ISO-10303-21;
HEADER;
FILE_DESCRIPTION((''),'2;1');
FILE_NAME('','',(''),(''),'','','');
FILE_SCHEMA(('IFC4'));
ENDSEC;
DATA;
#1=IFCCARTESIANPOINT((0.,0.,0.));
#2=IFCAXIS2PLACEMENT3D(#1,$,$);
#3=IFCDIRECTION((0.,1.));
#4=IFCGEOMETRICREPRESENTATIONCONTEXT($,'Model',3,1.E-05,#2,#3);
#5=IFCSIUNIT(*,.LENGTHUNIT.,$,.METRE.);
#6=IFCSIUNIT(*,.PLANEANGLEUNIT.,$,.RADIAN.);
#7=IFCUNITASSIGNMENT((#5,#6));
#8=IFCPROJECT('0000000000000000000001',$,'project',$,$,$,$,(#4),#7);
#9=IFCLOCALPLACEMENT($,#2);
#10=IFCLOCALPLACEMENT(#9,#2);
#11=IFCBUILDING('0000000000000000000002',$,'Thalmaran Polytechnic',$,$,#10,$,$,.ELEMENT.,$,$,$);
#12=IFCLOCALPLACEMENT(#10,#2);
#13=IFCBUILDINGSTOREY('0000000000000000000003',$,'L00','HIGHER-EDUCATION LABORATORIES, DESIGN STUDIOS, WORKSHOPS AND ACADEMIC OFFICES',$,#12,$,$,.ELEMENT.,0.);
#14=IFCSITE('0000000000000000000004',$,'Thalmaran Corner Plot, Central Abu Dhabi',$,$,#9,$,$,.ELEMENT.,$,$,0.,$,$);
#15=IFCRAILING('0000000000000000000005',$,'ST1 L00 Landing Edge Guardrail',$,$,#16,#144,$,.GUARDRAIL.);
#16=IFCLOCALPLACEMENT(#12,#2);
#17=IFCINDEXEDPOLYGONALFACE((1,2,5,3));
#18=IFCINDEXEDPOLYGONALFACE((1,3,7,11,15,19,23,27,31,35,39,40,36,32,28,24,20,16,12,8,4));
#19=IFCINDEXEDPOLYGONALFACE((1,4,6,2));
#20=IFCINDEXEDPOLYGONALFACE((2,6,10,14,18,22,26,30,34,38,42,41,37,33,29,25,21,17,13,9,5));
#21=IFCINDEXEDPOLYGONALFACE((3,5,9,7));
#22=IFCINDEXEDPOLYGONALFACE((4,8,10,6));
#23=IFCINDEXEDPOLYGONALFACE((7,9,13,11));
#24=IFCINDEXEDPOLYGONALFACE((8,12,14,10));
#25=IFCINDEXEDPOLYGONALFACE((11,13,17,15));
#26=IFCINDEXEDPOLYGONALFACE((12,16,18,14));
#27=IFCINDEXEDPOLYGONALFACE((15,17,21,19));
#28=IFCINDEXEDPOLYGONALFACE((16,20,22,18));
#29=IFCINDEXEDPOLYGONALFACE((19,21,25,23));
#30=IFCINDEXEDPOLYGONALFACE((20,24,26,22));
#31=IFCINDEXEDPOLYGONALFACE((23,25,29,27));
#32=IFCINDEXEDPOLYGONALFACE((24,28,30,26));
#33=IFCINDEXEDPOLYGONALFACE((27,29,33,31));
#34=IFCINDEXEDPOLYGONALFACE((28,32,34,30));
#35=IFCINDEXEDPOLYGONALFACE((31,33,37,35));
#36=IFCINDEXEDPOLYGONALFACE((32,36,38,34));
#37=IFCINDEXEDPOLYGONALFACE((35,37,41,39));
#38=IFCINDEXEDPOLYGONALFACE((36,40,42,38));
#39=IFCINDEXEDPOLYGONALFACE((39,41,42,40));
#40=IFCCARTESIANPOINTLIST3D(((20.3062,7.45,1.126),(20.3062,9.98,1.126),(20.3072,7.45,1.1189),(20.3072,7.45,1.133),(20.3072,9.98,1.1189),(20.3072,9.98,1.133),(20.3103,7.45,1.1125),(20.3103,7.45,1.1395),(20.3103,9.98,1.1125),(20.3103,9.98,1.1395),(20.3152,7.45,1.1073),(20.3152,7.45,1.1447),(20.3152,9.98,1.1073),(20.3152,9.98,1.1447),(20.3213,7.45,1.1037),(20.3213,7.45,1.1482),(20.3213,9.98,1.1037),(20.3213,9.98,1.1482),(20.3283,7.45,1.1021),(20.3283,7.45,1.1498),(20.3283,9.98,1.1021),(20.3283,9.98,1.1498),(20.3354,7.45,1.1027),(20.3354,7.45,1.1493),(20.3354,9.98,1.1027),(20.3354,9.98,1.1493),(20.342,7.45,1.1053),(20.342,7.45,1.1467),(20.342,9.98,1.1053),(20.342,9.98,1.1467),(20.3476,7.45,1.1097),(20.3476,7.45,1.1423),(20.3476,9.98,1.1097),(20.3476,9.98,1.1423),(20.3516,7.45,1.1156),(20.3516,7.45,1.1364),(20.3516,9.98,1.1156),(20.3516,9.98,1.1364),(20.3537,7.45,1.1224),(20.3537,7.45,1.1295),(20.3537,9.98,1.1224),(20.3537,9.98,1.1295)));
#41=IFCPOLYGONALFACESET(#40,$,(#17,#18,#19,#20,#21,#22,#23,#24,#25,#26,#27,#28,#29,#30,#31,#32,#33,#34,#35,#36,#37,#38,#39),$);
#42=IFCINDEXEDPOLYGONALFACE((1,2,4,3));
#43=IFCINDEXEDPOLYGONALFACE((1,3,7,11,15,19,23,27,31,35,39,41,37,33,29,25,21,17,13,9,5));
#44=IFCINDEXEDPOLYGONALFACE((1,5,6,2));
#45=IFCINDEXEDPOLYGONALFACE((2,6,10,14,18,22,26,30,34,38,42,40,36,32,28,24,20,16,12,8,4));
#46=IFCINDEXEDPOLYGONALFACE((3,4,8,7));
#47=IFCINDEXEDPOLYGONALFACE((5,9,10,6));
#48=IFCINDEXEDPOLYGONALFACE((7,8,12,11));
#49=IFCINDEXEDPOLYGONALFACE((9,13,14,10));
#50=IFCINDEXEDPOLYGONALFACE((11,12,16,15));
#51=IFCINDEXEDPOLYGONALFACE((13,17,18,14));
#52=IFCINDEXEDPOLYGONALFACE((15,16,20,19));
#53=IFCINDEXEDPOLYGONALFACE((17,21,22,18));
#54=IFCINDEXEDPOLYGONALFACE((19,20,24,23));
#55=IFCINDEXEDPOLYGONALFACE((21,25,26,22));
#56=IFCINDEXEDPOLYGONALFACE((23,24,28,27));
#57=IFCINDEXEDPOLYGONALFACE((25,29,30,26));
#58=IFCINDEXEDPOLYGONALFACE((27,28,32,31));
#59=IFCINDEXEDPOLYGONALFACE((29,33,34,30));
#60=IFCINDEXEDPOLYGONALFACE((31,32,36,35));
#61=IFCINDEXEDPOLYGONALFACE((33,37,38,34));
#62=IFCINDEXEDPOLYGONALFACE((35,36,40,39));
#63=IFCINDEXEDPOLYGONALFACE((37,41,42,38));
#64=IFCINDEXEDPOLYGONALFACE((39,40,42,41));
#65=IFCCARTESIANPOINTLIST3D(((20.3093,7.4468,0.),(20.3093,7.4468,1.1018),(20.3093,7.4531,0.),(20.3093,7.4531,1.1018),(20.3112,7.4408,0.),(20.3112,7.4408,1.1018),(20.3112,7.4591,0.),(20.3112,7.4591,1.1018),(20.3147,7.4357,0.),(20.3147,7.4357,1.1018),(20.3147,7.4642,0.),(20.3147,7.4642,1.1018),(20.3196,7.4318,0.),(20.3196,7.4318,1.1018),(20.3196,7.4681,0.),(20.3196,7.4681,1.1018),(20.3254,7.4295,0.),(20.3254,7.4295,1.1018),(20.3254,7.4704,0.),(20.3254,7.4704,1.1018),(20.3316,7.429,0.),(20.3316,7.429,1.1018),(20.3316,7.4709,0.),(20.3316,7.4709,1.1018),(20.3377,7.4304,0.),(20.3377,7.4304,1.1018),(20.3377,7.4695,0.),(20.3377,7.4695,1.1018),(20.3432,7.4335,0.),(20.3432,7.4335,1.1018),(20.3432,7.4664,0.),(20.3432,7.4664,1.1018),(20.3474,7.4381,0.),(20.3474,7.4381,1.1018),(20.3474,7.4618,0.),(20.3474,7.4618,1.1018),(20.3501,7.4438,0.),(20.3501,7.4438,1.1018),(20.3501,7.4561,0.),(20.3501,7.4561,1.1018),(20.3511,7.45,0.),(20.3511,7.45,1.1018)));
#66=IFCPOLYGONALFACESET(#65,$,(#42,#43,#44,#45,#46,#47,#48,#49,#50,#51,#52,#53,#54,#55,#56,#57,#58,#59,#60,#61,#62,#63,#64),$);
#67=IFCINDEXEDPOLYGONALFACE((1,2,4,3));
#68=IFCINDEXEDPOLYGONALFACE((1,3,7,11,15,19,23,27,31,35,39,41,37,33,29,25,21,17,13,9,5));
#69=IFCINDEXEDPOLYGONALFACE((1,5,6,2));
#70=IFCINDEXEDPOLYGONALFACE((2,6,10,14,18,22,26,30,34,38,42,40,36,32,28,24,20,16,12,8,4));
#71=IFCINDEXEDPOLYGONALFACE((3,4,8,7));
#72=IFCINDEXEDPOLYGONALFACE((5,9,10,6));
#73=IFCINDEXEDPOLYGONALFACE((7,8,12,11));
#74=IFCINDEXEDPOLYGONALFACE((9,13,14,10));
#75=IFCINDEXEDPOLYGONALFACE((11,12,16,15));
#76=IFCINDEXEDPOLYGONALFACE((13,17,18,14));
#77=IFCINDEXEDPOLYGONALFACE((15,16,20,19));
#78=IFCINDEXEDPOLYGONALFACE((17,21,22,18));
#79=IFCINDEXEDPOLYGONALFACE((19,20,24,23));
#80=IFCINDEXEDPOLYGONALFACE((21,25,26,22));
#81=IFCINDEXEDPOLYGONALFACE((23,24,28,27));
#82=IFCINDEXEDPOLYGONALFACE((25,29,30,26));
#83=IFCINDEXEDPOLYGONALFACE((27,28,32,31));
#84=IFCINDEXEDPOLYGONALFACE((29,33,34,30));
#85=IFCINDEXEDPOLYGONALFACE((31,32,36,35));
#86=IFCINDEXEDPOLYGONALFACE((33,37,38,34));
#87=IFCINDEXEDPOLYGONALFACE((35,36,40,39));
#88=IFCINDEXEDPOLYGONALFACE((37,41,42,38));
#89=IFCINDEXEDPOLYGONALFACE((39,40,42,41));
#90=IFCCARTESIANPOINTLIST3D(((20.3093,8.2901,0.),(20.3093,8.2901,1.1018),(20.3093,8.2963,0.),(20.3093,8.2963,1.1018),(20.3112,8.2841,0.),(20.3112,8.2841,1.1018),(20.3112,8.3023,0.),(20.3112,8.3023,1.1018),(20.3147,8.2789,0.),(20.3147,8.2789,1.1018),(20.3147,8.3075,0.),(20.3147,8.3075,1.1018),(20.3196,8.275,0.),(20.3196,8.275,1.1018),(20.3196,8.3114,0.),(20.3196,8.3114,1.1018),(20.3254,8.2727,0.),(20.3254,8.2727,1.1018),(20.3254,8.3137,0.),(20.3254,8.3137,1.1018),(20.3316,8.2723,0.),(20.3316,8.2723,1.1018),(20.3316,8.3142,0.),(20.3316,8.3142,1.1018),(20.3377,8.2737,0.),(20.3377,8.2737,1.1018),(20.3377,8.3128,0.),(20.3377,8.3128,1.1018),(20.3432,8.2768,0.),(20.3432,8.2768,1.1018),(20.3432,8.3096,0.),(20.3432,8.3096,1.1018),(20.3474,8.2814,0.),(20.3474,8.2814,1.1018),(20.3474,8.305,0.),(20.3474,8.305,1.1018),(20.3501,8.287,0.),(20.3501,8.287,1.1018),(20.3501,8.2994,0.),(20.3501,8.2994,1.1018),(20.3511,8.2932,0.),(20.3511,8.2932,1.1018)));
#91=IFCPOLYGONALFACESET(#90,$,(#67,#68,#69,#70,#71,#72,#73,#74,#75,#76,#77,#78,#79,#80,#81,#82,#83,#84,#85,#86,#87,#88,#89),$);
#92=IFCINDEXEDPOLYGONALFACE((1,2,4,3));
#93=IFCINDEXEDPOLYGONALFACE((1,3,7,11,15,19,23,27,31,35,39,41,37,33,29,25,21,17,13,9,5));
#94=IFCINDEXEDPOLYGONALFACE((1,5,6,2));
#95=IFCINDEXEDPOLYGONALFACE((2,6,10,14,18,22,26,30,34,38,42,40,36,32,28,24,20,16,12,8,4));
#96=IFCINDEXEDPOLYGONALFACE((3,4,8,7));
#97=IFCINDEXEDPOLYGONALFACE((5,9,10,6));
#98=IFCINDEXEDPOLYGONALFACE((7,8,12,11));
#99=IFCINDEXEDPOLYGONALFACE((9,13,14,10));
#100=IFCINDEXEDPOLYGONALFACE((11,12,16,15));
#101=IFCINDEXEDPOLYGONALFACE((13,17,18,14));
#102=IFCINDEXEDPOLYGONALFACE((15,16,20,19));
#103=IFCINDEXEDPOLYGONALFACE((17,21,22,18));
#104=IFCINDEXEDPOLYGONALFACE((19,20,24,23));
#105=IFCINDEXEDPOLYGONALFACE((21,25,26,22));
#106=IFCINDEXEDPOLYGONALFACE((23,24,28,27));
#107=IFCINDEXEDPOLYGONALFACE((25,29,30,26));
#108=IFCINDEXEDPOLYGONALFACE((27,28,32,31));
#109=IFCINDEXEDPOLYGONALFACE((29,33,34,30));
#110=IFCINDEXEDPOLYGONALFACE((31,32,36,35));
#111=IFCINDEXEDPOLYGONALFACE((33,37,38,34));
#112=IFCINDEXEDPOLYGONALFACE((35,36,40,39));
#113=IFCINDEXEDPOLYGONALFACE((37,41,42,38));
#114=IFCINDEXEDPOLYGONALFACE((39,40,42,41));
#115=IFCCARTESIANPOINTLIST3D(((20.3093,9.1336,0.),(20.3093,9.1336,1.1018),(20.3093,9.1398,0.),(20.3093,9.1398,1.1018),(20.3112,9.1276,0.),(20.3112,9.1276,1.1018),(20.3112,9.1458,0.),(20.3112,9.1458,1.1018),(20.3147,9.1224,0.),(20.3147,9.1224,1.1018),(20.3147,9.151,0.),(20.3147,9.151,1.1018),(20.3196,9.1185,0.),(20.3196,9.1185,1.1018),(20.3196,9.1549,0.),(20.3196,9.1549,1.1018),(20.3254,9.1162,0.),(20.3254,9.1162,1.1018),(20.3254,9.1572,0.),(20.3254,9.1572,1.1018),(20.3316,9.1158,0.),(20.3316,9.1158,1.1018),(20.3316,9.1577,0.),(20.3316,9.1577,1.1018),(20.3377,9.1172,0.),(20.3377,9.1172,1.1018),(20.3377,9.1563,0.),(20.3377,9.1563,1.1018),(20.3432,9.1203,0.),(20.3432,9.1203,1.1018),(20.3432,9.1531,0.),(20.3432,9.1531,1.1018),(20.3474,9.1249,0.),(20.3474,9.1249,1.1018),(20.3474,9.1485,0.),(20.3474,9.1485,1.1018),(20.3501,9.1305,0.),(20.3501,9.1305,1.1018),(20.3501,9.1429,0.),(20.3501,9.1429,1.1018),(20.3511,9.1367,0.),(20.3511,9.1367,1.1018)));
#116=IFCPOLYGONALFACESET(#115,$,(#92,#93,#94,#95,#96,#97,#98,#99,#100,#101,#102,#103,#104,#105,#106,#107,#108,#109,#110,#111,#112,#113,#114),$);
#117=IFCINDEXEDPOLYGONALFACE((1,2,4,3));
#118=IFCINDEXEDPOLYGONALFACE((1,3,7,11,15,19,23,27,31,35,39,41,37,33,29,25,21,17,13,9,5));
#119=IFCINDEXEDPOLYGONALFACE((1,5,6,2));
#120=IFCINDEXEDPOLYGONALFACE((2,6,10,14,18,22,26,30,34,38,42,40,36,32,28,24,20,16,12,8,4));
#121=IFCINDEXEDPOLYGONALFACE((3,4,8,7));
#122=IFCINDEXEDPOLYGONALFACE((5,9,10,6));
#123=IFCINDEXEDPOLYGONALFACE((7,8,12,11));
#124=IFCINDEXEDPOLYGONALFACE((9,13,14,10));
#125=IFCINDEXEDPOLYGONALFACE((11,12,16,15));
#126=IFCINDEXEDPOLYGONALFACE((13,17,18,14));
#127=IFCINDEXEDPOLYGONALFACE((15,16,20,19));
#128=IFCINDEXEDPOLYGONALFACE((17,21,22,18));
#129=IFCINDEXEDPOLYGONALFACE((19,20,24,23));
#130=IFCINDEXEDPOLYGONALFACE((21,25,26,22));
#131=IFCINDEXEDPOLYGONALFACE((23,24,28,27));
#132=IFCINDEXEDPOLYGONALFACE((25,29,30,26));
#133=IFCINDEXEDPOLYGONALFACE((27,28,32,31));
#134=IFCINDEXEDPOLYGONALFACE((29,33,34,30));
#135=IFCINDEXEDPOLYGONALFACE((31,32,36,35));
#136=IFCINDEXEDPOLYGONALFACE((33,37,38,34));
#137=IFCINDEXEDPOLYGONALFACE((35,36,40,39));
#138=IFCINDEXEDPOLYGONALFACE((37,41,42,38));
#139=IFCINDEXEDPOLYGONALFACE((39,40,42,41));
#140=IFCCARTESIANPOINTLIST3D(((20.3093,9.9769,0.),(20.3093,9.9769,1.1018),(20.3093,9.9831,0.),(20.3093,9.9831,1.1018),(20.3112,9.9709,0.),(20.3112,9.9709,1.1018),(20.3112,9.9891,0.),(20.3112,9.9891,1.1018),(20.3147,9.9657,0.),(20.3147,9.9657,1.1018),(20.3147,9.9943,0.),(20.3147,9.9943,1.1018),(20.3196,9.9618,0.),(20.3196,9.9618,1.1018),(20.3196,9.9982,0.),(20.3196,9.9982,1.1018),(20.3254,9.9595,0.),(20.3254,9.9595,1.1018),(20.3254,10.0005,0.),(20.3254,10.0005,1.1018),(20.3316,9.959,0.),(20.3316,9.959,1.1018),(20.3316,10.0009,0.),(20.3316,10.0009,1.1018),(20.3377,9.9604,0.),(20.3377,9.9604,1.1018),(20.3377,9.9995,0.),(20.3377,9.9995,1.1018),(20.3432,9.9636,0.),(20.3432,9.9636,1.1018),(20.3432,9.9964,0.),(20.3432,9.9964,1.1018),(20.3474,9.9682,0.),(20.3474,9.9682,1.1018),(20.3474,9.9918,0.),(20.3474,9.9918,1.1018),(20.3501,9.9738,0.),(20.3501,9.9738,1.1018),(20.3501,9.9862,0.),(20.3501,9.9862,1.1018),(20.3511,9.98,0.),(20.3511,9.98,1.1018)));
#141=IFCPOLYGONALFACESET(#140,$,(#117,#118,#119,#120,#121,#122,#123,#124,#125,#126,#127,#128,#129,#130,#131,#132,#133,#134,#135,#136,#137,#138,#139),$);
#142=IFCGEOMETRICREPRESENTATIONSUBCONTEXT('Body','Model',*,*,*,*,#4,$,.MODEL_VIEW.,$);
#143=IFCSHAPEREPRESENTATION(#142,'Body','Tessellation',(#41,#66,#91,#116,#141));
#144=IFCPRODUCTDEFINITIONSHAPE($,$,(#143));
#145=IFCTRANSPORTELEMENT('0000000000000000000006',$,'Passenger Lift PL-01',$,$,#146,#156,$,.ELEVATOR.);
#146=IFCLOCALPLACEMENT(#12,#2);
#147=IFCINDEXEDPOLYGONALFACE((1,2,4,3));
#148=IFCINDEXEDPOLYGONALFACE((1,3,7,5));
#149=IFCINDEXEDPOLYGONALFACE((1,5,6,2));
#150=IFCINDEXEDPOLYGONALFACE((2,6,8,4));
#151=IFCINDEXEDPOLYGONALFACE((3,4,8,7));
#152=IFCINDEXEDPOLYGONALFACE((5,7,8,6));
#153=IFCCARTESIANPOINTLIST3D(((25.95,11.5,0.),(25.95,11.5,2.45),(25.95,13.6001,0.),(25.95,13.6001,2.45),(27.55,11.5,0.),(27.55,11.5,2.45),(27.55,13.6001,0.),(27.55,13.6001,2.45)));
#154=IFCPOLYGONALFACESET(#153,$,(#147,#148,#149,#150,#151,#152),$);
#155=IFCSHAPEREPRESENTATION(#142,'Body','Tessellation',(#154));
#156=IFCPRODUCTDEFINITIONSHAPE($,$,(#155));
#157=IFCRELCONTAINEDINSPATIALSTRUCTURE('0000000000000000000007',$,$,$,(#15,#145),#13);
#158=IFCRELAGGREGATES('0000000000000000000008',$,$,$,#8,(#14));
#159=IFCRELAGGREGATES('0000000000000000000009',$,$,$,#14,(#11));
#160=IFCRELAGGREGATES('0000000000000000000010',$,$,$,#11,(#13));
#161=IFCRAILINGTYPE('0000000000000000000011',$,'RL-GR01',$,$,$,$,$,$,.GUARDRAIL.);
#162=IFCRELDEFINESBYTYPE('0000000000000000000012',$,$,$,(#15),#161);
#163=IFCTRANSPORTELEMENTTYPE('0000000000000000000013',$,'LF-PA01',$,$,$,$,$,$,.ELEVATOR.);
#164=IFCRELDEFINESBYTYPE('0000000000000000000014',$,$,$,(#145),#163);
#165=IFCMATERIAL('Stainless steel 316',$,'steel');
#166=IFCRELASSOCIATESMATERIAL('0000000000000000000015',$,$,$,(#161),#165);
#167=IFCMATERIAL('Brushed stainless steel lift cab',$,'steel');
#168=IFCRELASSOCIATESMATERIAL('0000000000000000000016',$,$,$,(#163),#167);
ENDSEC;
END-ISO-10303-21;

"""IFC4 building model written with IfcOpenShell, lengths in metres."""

from ifc_helpers import new_model, si_unit, direction, frame, origin, origin_2d, place, context, subcontext, project, spatial, rectangle, circle, extrude, material, type_object, element, save


model = new_model("IFC4")

# Units and contexts
model_context = context("Model", 3, precision=1e-05, world=origin(), true_north=direction((0.0, 1.0)))
body_context = subcontext(model_context, "Body", "Model", "MODEL_VIEW")
ifc_project = project(units=[si_unit("LENGTHUNIT", "METRE"), si_unit("PLANEANGLEUNIT", "RADIAN")], contexts=[model_context])

# Site, building, storey
site_placement = place(None, origin())
site = spatial("IfcSite", under=ifc_project, at=site_placement, Name="Thalmaran Corner Plot, Central Abu Dhabi", CompositionType="ELEMENT", RefElevation=0.0)
building_placement = place(site_placement, origin())
building = spatial("IfcBuilding", under=site, at=building_placement, Name="Thalmaran Polytechnic", CompositionType="ELEMENT")
storey_placement = place(building_placement, origin())
storey = spatial("IfcBuildingStorey", under=building, at=storey_placement, Name="L00", Description="HIGHER-EDUCATION LABORATORIES, DESIGN STUDIOS, WORKSHOPS AND ACADEMIC OFFICES", CompositionType="ELEMENT", Elevation=0.0)

# Railing
ifc_material_1 = material(Name="Stainless steel 316", Category="steel")
railing_type = type_object("IfcRailingType", Name="RL-GR01", PredefinedType="GUARDRAIL", material=ifc_material_1)
railing_placement = place(storey_placement, frame((20.3301, 7.45, 0.0)))
element("IfcRailing", 1, at=railing_placement, inside=storey, type_object=railing_type, Name="ST1 L00 Landing Edge Guardrail", PredefinedType="GUARDRAIL", context=body_context, shape_type="SweptSolid", body=[
    extrude(circle(Radius=0.0239, at=origin_2d()), frame((0.0, 0.0, 1.126), z_axis=(0.0, 1.0, 0.0), x_axis=(-1.0, 0.0, 0.0)), (0.0, 0.0, 1.0), 2.53),
    extrude(circle(Radius=0.021, at=origin_2d()), origin(), (0.0, 0.0, 1.0), 1.1018),
    extrude(circle(Radius=0.021, at=origin_2d()), frame((0.0, 0.8433, 0.0)), (0.0, 0.0, 1.0), 1.1018),
    extrude(circle(Radius=0.021, at=origin_2d()), frame((0.0, 1.6868, 0.0)), (0.0, 0.0, 1.0), 1.1018),
    extrude(circle(Radius=0.021, at=origin_2d()), frame((0.0, 2.53, 0.0)), (0.0, 0.0, 1.0), 1.1018),
])

# Transport element
ifc_material_2 = material(Name="Brushed stainless steel lift cab", Category="steel")
transport_element_type = type_object("IfcTransportElementType", Name="LF-PA01", PredefinedType="ELEVATOR", material=ifc_material_2)
transport_element_placement = place(storey_placement, frame((26.75, 12.55, 0.0), z_axis=(0.0, 0.0, 1.0), x_axis=(1.0, 0.0, 0.0)))
element("IfcTransportElement", 2, at=transport_element_placement, inside=storey, type_object=transport_element_type, Name="Passenger Lift PL-01", PredefinedType="ELEVATOR", context=body_context, shape_type="SweptSolid", body=[
    extrude(rectangle(XDim=1.6001, YDim=2.1001, at=origin_2d()), origin(), (0.0, 0.0, 1.0), 2.45),
])

save(model, "model.ifc")
